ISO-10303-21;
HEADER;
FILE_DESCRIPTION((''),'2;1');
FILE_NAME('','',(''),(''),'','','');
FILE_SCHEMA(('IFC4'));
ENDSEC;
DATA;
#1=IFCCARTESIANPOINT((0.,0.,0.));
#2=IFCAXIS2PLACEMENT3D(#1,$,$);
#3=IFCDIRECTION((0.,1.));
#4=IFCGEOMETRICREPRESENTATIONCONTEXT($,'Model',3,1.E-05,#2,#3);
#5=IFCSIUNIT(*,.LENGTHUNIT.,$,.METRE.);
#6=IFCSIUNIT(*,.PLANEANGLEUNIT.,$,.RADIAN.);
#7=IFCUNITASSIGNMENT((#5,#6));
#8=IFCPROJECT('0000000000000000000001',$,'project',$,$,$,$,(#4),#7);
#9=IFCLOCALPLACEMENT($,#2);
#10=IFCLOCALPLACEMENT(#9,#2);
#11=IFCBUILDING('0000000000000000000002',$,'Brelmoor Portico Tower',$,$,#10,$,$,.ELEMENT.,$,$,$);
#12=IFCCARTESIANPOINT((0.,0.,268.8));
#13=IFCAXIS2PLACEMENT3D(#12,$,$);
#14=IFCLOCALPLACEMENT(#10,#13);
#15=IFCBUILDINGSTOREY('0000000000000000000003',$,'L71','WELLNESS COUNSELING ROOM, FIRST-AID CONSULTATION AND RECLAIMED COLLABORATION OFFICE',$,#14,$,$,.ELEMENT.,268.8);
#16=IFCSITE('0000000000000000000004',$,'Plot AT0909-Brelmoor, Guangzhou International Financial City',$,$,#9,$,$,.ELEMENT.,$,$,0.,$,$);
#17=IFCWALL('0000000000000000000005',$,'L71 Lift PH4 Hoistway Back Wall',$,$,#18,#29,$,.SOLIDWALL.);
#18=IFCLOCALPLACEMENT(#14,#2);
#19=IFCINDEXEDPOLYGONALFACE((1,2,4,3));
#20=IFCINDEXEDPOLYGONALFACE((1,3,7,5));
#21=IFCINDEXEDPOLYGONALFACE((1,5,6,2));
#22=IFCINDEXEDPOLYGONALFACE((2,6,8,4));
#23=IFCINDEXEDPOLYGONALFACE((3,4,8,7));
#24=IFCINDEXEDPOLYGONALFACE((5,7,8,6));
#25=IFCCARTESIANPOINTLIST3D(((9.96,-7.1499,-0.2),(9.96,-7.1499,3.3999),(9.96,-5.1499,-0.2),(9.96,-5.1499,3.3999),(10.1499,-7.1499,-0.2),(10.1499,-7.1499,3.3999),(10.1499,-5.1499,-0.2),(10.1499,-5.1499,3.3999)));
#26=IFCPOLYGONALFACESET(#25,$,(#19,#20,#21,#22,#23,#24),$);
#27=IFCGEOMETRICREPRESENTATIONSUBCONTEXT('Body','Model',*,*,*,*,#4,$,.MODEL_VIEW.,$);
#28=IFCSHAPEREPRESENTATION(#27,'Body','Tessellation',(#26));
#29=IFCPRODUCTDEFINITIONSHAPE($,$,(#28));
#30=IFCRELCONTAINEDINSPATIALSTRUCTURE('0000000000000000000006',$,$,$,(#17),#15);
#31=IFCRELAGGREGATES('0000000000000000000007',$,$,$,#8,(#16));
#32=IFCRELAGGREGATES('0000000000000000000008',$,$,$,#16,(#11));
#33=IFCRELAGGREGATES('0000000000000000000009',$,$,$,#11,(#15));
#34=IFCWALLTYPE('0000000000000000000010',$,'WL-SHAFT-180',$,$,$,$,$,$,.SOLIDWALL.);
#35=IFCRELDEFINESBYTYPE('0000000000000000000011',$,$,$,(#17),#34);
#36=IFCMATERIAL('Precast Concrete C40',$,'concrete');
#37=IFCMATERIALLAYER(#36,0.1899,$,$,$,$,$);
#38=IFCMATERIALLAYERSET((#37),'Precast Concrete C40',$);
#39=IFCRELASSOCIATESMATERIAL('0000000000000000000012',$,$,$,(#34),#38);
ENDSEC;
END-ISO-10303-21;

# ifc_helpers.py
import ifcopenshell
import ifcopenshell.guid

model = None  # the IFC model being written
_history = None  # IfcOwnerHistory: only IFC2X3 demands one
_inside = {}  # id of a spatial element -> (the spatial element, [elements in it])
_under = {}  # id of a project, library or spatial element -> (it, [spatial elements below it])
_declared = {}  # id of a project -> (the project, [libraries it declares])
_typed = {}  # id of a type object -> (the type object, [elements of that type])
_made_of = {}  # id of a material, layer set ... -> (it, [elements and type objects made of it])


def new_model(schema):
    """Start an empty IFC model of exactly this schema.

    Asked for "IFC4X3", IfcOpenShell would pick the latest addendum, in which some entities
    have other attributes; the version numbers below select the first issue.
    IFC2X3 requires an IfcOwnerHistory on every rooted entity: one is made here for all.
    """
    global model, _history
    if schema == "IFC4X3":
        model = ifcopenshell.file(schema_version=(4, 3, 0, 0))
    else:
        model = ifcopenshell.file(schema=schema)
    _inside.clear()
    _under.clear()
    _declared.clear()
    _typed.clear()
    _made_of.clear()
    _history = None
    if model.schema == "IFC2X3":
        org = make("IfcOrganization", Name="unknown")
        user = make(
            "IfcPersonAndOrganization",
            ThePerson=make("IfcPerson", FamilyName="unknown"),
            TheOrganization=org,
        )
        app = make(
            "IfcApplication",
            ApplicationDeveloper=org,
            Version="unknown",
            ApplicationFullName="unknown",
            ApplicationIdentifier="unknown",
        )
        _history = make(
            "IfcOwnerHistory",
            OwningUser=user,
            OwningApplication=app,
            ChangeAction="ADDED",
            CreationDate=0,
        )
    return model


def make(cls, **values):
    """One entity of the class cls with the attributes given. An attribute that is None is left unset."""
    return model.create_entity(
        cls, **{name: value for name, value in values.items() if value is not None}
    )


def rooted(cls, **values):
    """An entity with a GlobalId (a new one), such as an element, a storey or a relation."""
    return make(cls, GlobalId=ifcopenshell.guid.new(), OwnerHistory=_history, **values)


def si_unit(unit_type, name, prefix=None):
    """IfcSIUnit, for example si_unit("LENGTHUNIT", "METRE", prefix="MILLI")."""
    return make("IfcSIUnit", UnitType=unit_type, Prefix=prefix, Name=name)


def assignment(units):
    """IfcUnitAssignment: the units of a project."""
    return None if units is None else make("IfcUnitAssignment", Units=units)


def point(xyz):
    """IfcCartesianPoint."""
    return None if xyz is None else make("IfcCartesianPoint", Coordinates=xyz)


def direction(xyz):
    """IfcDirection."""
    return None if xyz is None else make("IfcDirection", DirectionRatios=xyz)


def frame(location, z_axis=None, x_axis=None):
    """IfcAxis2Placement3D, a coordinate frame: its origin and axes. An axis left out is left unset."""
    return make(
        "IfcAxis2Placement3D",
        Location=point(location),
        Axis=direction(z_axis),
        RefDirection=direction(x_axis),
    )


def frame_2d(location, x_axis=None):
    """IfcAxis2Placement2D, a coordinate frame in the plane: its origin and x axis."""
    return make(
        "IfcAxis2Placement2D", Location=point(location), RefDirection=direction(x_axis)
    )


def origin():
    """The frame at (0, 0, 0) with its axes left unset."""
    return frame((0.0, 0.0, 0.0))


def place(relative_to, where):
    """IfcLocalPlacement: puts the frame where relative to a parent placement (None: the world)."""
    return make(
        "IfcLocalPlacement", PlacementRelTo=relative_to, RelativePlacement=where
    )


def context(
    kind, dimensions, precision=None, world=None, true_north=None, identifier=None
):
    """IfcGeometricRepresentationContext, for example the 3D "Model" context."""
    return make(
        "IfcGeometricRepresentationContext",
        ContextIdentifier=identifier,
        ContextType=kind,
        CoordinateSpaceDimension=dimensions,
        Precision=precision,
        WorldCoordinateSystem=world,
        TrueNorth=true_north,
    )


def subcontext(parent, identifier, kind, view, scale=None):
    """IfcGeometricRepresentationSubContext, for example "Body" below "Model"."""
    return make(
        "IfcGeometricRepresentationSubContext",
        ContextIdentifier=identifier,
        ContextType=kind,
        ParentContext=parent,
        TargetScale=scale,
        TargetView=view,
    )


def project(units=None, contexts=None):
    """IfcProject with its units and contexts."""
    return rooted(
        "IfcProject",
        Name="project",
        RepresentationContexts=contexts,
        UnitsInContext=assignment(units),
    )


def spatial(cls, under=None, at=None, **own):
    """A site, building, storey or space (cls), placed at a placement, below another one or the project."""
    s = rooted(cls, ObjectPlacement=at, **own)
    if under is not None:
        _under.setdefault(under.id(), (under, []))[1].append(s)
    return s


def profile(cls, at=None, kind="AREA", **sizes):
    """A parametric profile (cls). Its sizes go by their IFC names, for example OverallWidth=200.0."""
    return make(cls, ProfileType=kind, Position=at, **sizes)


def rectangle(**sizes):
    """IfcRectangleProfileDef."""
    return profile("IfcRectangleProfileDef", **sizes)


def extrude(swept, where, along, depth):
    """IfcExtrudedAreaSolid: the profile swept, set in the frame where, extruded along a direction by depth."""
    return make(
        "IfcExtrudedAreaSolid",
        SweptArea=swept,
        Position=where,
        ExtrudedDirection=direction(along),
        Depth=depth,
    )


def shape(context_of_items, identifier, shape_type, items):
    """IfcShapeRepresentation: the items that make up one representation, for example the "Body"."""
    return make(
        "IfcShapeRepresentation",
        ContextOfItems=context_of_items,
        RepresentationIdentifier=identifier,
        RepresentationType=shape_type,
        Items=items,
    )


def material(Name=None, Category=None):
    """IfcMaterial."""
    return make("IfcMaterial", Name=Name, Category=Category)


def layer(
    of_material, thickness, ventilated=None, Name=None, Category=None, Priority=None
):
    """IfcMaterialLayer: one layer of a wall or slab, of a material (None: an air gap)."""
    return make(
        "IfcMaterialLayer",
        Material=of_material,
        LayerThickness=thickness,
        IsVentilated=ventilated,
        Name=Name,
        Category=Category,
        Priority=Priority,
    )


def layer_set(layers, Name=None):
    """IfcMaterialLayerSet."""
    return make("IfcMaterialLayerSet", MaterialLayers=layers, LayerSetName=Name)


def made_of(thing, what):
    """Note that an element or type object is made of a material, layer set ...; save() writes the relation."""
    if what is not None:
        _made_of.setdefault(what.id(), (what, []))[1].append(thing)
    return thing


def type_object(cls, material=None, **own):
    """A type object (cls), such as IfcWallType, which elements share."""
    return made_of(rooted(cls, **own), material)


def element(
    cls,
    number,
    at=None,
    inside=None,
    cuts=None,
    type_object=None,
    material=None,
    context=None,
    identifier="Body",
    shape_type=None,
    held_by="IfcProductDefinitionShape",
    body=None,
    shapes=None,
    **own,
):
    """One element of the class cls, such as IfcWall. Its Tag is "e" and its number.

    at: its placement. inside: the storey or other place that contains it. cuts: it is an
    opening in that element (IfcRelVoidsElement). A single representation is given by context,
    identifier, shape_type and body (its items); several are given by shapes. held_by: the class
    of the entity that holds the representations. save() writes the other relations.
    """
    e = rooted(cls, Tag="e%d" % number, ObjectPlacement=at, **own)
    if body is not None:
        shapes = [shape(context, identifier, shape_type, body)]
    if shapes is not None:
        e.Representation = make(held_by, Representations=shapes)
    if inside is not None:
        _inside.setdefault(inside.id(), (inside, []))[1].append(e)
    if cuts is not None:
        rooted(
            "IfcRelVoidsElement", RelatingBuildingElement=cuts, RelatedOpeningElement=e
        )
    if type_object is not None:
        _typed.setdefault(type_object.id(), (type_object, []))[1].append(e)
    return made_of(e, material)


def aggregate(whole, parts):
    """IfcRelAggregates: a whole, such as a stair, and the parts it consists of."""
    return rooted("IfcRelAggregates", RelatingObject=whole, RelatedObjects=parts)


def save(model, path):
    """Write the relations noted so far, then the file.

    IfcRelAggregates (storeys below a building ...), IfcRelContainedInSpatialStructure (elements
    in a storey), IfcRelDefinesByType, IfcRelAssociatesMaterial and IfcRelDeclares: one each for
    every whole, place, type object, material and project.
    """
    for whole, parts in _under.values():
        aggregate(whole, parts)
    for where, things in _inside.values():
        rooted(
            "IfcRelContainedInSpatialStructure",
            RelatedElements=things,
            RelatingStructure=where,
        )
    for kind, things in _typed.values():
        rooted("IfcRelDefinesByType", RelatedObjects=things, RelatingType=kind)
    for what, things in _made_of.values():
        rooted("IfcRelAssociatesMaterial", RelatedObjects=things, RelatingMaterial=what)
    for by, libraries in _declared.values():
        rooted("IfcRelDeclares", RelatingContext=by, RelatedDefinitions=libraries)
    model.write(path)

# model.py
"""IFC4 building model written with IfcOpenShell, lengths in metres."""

from ifc_helpers import new_model, si_unit, direction, frame, frame_2d, origin, place, context, subcontext, project, spatial, rectangle, extrude, material, layer, layer_set, type_object, element, save


model = new_model("IFC4")

# Units and contexts
model_context = context("Model", 3, precision=1e-05, world=origin(), true_north=direction((0.0, 1.0)))
body_context = subcontext(model_context, "Body", "Model", "MODEL_VIEW")
ifc_project = project(units=[si_unit("LENGTHUNIT", "METRE"), si_unit("PLANEANGLEUNIT", "RADIAN")], contexts=[model_context])

# Site, building, storey
site_placement = place(None, origin())
site = spatial("IfcSite", under=ifc_project, at=site_placement, Name="Plot AT0909-Brelmoor, Guangzhou International Financial City", CompositionType="ELEMENT", RefElevation=0.0)
building_placement = place(site_placement, origin())
building = spatial("IfcBuilding", under=site, at=building_placement, Name="Brelmoor Portico Tower", CompositionType="ELEMENT")
storey_placement = place(building_placement, frame((0.0, 0.0, 268.8)))
storey = spatial("IfcBuildingStorey", under=building, at=storey_placement, Name="L71", Description="WELLNESS COUNSELING ROOM, FIRST-AID CONSULTATION AND RECLAIMED COLLABORATION OFFICE", CompositionType="ELEMENT", Elevation=268.8)

# Shared definitions
ifc_material_1 = material(Name="Precast Concrete C40", Category="concrete")
ifc_layer_1 = layer(ifc_material_1, 0.1899)
ifc_layer_set_1 = layer_set([ifc_layer_1], Name="Precast Concrete C40")
wall_type_1 = type_object("IfcWallType", Name="WL-SHAFT-180", PredefinedType="SOLIDWALL", material=ifc_layer_set_1)

# Wall
wall_1_placement = place(storey_placement, frame((10.0549, -7.1499, -0.2), z_axis=(0.0, 0.0, 1.0), x_axis=(0.0, 1.0, 0.0)))
element("IfcWall", 1, at=wall_1_placement, inside=storey, type_object=wall_type_1, Name="L71 Lift PH4 Hoistway Back Wall", PredefinedType="SOLIDWALL", context=body_context, shape_type="SweptSolid", body=[
    extrude(rectangle(XDim=2.0, YDim=0.1899, at=frame_2d((1.0, 0.0))), origin(), (0.0, 0.0, 1.0), 3.5999),
])

save(model, "model.ifc")
